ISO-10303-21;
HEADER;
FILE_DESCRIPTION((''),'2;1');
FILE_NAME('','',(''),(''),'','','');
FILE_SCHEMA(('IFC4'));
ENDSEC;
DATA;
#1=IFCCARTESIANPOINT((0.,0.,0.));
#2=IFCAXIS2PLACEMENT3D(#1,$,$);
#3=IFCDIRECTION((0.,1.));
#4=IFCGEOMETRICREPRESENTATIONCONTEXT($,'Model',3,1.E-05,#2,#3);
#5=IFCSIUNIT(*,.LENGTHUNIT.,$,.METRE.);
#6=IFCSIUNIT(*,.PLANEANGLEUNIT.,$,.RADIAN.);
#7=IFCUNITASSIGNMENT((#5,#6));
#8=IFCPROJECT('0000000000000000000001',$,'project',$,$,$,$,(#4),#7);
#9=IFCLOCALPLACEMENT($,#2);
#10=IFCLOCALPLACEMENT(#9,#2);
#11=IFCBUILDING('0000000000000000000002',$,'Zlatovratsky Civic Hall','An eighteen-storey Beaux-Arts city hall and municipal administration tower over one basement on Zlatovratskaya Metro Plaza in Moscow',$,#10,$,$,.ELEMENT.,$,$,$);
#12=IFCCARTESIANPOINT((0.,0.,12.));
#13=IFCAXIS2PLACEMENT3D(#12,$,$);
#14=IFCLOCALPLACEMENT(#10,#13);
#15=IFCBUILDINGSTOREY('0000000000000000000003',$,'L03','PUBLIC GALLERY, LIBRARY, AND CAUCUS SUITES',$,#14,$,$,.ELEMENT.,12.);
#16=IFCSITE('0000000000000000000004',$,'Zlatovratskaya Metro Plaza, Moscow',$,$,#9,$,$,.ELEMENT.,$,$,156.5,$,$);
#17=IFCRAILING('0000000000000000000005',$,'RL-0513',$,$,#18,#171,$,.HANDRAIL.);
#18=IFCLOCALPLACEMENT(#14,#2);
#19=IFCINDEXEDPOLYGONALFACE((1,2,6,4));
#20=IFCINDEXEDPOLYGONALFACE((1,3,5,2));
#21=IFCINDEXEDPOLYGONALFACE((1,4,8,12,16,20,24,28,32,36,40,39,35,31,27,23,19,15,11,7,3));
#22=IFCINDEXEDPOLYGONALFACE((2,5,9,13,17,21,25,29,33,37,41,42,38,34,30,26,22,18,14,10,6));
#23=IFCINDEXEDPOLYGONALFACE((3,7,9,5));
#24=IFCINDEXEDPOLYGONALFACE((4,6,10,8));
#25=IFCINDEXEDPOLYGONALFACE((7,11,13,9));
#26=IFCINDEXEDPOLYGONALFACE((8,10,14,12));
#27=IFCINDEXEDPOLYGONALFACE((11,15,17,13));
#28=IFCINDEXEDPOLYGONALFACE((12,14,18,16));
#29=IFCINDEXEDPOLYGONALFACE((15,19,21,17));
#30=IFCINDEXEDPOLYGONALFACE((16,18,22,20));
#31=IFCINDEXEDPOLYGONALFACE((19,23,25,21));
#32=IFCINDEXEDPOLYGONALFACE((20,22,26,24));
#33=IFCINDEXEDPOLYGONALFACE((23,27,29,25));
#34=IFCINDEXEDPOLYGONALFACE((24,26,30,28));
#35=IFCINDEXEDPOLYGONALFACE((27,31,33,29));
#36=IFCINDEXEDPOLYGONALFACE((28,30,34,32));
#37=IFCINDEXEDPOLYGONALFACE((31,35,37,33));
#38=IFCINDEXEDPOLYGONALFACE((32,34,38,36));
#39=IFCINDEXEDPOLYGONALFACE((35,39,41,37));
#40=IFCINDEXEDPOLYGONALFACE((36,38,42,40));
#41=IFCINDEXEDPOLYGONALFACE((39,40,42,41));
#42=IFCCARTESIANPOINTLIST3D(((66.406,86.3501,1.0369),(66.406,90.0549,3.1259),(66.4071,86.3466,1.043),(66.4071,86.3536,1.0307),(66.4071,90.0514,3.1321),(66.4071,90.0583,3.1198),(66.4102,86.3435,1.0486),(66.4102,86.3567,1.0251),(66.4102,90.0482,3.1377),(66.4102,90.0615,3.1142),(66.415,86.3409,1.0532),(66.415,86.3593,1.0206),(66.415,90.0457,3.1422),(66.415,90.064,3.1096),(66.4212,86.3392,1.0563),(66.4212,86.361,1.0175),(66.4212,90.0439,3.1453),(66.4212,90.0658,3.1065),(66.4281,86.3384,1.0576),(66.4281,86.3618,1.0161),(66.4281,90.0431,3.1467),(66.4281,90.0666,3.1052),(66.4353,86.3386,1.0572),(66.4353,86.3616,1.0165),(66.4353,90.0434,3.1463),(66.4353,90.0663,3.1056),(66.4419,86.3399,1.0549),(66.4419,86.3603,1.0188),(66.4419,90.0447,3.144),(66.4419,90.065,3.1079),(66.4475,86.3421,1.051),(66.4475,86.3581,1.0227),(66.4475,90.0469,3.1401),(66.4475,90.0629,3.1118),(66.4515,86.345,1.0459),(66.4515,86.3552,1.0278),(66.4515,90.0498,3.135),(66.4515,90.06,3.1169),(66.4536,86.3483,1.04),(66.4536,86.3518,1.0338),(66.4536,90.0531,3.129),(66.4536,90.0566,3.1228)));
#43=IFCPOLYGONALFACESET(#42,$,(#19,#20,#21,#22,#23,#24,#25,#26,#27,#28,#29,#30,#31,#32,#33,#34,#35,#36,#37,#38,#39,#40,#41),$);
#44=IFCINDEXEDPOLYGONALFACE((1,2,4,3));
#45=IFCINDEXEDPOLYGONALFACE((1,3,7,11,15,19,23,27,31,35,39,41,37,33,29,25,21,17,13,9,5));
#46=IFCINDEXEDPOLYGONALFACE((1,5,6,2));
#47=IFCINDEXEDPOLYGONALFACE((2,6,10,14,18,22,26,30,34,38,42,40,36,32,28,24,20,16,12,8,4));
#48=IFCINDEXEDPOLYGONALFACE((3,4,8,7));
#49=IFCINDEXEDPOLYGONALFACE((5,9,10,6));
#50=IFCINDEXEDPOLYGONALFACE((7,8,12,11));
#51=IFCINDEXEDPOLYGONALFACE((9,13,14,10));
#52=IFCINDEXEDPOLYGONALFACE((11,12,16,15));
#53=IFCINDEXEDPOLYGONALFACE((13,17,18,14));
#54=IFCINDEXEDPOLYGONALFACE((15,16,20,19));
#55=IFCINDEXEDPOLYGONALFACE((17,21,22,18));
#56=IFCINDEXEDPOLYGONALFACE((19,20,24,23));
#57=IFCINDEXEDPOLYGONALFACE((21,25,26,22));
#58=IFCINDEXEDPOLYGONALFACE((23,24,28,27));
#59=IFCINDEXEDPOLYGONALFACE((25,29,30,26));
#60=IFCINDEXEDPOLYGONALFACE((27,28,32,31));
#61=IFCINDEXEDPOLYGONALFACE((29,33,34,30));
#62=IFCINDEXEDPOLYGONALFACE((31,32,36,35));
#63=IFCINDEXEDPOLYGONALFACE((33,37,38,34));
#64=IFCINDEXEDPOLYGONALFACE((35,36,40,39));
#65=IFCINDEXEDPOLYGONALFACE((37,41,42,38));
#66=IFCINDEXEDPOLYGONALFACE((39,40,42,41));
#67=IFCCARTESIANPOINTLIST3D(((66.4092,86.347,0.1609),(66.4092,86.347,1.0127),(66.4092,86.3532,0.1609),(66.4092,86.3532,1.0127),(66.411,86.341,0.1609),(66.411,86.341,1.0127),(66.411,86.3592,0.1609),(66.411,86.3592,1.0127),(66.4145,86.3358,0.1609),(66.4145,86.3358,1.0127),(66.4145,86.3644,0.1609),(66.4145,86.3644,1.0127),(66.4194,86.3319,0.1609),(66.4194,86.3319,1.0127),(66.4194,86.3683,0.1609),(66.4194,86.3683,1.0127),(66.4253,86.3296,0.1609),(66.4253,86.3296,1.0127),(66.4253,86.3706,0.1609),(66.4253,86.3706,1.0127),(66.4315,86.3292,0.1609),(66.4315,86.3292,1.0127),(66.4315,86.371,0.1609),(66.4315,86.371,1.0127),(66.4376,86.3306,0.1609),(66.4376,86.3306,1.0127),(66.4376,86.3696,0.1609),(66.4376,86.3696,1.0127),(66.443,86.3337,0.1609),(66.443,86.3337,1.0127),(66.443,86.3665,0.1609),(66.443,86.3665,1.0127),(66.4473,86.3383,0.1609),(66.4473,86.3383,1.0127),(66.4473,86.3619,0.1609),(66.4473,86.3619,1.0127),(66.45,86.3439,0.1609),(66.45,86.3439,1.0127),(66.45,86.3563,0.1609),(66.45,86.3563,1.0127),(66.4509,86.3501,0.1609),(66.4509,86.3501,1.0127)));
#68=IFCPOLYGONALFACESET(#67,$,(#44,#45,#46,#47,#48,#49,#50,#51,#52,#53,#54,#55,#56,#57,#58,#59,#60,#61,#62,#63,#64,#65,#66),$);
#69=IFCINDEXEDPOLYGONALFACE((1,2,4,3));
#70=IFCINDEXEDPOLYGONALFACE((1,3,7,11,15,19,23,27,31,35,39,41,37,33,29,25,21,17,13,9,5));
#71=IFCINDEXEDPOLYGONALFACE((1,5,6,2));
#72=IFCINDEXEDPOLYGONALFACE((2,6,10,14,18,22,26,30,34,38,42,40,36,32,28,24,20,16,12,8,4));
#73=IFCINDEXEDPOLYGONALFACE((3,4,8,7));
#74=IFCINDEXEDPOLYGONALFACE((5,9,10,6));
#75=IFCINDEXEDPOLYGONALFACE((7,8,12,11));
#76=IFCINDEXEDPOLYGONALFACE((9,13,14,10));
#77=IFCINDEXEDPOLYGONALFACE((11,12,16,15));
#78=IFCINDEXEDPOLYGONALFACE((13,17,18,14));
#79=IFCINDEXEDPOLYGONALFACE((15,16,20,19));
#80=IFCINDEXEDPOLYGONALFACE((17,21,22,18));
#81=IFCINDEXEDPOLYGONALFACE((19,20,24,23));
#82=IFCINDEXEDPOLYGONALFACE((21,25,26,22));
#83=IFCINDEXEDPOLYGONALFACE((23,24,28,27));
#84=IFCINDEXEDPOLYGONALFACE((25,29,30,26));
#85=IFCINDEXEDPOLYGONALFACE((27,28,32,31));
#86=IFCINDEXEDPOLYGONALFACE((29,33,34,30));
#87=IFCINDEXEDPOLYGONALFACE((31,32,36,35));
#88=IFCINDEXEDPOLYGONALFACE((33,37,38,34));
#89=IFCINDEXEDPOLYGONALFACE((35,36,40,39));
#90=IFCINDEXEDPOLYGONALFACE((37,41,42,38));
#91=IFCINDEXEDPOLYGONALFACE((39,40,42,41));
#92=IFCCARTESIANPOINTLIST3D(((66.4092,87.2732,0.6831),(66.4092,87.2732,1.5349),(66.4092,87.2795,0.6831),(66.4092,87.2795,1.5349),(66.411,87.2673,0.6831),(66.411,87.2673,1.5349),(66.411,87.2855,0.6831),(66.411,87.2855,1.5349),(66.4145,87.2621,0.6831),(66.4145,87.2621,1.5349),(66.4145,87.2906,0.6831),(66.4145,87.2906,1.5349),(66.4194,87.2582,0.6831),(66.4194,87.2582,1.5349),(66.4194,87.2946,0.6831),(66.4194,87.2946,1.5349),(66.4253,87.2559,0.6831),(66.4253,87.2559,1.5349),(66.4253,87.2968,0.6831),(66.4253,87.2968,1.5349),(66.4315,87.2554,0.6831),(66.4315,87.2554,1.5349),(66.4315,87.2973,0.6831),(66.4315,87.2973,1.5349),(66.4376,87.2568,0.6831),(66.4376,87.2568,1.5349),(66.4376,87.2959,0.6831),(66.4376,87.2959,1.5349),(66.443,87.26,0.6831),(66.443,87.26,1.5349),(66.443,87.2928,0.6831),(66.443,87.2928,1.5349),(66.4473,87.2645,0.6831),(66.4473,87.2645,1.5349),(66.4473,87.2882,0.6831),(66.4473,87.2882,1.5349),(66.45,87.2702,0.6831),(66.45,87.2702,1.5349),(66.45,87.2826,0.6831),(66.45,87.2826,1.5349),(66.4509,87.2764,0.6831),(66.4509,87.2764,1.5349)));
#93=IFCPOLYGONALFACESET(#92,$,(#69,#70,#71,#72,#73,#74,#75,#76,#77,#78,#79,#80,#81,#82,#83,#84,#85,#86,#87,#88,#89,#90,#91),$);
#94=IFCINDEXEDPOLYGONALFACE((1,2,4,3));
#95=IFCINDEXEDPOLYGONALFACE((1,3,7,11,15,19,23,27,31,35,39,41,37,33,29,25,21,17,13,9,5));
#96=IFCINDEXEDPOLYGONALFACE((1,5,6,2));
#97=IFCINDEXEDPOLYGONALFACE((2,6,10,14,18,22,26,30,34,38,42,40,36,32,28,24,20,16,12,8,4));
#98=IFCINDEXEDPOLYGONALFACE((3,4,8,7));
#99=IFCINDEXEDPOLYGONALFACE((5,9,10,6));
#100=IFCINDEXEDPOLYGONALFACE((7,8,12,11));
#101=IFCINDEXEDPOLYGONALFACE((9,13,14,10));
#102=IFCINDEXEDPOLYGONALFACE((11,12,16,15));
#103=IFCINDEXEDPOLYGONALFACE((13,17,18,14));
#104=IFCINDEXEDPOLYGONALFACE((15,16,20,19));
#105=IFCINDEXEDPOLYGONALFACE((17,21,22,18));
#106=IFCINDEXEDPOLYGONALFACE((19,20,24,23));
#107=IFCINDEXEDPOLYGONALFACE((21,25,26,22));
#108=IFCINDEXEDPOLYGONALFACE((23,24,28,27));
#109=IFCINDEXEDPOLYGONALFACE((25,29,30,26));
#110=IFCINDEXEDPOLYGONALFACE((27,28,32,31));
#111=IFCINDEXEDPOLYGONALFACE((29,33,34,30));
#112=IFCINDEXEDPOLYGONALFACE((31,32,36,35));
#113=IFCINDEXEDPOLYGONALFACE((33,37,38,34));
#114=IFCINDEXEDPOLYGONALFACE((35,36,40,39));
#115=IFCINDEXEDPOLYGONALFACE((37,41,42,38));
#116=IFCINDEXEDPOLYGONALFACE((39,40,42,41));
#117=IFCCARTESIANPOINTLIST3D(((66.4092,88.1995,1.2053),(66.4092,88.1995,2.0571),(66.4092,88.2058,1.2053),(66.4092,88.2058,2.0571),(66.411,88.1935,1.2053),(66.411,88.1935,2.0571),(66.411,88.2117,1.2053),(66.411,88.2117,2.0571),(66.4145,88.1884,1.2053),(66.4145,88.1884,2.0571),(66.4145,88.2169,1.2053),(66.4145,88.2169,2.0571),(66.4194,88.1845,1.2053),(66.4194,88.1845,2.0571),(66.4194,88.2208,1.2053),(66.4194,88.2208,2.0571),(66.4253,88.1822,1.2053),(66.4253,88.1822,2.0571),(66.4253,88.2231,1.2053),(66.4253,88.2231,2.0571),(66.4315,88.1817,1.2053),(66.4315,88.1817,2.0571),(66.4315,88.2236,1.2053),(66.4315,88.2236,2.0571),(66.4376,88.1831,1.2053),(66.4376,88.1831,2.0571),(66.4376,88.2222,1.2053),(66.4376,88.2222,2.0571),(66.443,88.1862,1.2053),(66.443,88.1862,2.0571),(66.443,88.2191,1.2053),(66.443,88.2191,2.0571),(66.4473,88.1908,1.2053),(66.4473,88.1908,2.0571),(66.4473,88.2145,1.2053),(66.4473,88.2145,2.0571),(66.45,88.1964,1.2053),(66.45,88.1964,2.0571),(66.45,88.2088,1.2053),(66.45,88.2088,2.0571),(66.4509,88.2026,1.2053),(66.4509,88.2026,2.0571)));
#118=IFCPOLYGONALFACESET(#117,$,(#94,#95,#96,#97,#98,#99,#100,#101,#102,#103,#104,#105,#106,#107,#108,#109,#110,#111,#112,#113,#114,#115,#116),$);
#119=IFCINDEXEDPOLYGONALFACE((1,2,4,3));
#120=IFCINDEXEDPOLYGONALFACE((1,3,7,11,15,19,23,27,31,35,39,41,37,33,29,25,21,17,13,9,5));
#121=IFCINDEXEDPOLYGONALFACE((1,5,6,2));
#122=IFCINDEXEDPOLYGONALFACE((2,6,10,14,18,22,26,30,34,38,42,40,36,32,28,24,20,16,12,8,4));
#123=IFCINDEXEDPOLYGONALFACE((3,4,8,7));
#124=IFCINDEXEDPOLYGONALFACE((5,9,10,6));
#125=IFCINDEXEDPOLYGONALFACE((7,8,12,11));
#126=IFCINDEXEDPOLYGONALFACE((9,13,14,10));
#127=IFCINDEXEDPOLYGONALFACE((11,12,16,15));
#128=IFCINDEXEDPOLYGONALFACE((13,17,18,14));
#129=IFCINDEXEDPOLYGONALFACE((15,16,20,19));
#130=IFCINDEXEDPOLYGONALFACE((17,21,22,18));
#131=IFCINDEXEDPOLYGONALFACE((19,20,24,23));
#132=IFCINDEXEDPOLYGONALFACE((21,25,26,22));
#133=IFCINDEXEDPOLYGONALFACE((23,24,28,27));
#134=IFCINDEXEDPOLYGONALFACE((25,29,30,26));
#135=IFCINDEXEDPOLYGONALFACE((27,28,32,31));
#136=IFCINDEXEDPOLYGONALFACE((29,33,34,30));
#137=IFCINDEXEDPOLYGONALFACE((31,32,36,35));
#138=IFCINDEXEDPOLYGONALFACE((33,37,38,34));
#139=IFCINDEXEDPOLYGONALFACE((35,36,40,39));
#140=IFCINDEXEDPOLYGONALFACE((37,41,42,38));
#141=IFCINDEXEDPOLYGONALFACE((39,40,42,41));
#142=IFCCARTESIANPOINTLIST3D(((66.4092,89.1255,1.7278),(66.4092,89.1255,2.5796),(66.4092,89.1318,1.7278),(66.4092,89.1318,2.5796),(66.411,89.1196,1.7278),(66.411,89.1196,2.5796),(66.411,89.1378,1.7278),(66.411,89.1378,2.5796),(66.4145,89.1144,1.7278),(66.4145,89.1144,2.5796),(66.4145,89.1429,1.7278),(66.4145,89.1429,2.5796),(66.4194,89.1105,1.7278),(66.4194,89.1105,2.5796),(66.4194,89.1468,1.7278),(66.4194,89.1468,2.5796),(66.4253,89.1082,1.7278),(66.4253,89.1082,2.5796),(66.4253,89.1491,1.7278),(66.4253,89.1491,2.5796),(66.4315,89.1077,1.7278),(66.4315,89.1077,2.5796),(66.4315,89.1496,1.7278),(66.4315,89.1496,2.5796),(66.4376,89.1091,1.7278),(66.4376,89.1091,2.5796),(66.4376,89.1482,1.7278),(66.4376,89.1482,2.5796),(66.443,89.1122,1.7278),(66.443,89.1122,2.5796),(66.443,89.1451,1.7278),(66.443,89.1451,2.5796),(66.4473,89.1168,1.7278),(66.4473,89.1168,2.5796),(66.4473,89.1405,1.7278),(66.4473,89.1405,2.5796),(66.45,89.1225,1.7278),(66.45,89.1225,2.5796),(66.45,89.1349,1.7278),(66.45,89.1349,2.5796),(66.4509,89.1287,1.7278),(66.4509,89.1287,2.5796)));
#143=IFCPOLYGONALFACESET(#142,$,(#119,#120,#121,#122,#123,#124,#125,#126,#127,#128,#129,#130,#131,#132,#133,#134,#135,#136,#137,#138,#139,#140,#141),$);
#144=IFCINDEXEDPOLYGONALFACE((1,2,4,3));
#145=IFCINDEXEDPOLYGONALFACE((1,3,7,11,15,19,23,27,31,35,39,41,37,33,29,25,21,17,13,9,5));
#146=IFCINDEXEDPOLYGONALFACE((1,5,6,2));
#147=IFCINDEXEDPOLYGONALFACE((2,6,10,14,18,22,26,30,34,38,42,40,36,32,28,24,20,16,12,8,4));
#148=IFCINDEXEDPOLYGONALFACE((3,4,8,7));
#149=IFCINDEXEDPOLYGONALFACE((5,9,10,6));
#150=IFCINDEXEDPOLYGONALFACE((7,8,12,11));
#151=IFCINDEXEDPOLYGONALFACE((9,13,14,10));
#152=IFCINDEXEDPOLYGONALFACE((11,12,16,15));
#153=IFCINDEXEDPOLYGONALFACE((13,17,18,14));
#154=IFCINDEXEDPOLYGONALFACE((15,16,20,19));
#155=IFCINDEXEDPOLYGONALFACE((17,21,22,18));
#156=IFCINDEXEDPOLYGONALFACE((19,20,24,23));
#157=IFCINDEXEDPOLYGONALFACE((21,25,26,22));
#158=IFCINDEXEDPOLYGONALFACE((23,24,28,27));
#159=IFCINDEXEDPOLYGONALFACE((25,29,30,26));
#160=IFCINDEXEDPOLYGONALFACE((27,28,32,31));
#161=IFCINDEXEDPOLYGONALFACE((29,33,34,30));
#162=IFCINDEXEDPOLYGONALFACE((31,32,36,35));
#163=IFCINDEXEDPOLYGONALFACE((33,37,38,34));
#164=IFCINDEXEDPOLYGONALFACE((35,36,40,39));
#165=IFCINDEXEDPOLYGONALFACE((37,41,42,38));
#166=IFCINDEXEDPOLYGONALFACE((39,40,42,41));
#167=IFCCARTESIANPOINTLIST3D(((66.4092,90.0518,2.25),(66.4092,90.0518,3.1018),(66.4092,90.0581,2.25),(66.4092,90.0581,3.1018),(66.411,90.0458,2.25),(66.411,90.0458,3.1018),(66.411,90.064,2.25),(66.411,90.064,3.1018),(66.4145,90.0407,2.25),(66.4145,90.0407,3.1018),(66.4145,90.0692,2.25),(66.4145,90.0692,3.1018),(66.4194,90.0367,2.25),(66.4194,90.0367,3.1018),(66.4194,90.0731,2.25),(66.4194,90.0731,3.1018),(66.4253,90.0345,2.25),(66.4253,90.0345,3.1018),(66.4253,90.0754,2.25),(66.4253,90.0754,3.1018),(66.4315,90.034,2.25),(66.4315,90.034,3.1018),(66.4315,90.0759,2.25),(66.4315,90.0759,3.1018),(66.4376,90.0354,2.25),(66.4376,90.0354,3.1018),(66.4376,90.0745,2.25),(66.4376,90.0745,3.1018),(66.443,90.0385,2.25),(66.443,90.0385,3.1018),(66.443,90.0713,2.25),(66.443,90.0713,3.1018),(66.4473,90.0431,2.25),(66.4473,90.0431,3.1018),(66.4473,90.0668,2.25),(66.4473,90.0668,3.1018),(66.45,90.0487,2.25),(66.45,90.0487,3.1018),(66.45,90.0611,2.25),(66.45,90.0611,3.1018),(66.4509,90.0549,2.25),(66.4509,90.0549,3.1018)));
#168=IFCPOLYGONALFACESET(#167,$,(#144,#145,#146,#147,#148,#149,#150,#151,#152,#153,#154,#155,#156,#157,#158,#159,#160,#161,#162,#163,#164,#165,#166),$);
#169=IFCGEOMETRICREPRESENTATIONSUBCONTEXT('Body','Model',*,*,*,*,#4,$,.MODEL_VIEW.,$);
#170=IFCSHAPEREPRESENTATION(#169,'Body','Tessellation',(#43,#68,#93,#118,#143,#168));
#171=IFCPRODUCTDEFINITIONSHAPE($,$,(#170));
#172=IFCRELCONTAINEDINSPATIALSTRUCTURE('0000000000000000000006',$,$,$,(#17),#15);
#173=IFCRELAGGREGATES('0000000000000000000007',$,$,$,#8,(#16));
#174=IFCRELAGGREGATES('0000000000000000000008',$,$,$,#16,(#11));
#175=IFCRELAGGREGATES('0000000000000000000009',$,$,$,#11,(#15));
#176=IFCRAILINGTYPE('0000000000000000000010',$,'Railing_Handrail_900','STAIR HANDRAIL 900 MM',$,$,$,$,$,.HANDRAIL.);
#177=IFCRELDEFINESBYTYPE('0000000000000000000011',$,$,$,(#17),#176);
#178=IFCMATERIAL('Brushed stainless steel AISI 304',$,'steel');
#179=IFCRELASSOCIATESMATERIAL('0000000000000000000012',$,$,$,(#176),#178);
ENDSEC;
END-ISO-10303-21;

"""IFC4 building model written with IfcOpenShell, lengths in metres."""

from ifc_helpers import new_model, si_unit, direction, frame, origin, origin_2d, place, context, subcontext, project, spatial, circle, extrude, material, type_object, element, save


model = new_model("IFC4")

# Units and contexts
model_context = context("Model", 3, precision=1e-05, world=origin(), true_north=direction((0.0, 1.0)))
body_context = subcontext(model_context, "Body", "Model", "MODEL_VIEW")
ifc_project = project(units=[si_unit("LENGTHUNIT", "METRE"), si_unit("PLANEANGLEUNIT", "RADIAN")], contexts=[model_context])

# Site, building, storey
site_placement = place(None, origin())
site = spatial("IfcSite", under=ifc_project, at=site_placement, Name="Zlatovratskaya Metro Plaza, Moscow", CompositionType="ELEMENT", RefElevation=156.5)
building_placement = place(site_placement, origin())
building = spatial("IfcBuilding", under=site, at=building_placement, Name="Zlatovratsky Civic Hall", Description="An eighteen-storey Beaux-Arts city hall and municipal administration tower over one basement on Zlatovratskaya Metro Plaza in Moscow", CompositionType="ELEMENT")
storey_placement = place(building_placement, frame((0.0, 0.0, 12.0)))
storey = spatial("IfcBuildingStorey", under=building, at=storey_placement, Name="L03", Description="PUBLIC GALLERY, LIBRARY, AND CAUCUS SUITES", CompositionType="ELEMENT", Elevation=12.0)

# Railing
ifc_material_1 = material(Name="Brushed stainless steel AISI 304", Category="steel")
railing_type_1 = type_object("IfcRailingType", Name="Railing_Handrail_900", Description="STAIR HANDRAIL 900 MM", PredefinedType="HANDRAIL", material=ifc_material_1)
railing_1_placement = place(storey_placement, frame((66.4299, 86.3501, 0.1609)))
element("IfcRailing", 1, at=railing_1_placement, inside=storey, type_object=railing_type_1, Name="RL-0513", PredefinedType="HANDRAIL", context=body_context, shape_type="SweptSolid", body=[
    extrude(circle(Radius=0.0239, at=origin_2d()), frame((0.0, 0.0, 0.876), z_axis=(0.0, 0.871058, 0.491179), x_axis=(-1.0, 0.0, 0.0)), (0.0, 0.0, 1.0), 4.2532),
    extrude(circle(Radius=0.021, at=origin_2d()), origin(), (0.0, 0.0, 1.0), 0.8518),
    extrude(circle(Radius=0.021, at=origin_2d()), frame((0.0, 0.9263, 0.5222)), (0.0, 0.0, 1.0), 0.8518),
    extrude(circle(Radius=0.021, at=origin_2d()), frame((0.0, 1.8525, 1.0444)), (0.0, 0.0, 1.0), 0.8518),
    extrude(circle(Radius=0.021, at=origin_2d()), frame((0.0, 2.7786, 1.5669)), (0.0, 0.0, 1.0), 0.8518),
    extrude(circle(Radius=0.021, at=origin_2d()), frame((0.0, 3.7048, 2.0891)), (0.0, 0.0, 1.0), 0.8518),
])

save(model, "model.ifc")
